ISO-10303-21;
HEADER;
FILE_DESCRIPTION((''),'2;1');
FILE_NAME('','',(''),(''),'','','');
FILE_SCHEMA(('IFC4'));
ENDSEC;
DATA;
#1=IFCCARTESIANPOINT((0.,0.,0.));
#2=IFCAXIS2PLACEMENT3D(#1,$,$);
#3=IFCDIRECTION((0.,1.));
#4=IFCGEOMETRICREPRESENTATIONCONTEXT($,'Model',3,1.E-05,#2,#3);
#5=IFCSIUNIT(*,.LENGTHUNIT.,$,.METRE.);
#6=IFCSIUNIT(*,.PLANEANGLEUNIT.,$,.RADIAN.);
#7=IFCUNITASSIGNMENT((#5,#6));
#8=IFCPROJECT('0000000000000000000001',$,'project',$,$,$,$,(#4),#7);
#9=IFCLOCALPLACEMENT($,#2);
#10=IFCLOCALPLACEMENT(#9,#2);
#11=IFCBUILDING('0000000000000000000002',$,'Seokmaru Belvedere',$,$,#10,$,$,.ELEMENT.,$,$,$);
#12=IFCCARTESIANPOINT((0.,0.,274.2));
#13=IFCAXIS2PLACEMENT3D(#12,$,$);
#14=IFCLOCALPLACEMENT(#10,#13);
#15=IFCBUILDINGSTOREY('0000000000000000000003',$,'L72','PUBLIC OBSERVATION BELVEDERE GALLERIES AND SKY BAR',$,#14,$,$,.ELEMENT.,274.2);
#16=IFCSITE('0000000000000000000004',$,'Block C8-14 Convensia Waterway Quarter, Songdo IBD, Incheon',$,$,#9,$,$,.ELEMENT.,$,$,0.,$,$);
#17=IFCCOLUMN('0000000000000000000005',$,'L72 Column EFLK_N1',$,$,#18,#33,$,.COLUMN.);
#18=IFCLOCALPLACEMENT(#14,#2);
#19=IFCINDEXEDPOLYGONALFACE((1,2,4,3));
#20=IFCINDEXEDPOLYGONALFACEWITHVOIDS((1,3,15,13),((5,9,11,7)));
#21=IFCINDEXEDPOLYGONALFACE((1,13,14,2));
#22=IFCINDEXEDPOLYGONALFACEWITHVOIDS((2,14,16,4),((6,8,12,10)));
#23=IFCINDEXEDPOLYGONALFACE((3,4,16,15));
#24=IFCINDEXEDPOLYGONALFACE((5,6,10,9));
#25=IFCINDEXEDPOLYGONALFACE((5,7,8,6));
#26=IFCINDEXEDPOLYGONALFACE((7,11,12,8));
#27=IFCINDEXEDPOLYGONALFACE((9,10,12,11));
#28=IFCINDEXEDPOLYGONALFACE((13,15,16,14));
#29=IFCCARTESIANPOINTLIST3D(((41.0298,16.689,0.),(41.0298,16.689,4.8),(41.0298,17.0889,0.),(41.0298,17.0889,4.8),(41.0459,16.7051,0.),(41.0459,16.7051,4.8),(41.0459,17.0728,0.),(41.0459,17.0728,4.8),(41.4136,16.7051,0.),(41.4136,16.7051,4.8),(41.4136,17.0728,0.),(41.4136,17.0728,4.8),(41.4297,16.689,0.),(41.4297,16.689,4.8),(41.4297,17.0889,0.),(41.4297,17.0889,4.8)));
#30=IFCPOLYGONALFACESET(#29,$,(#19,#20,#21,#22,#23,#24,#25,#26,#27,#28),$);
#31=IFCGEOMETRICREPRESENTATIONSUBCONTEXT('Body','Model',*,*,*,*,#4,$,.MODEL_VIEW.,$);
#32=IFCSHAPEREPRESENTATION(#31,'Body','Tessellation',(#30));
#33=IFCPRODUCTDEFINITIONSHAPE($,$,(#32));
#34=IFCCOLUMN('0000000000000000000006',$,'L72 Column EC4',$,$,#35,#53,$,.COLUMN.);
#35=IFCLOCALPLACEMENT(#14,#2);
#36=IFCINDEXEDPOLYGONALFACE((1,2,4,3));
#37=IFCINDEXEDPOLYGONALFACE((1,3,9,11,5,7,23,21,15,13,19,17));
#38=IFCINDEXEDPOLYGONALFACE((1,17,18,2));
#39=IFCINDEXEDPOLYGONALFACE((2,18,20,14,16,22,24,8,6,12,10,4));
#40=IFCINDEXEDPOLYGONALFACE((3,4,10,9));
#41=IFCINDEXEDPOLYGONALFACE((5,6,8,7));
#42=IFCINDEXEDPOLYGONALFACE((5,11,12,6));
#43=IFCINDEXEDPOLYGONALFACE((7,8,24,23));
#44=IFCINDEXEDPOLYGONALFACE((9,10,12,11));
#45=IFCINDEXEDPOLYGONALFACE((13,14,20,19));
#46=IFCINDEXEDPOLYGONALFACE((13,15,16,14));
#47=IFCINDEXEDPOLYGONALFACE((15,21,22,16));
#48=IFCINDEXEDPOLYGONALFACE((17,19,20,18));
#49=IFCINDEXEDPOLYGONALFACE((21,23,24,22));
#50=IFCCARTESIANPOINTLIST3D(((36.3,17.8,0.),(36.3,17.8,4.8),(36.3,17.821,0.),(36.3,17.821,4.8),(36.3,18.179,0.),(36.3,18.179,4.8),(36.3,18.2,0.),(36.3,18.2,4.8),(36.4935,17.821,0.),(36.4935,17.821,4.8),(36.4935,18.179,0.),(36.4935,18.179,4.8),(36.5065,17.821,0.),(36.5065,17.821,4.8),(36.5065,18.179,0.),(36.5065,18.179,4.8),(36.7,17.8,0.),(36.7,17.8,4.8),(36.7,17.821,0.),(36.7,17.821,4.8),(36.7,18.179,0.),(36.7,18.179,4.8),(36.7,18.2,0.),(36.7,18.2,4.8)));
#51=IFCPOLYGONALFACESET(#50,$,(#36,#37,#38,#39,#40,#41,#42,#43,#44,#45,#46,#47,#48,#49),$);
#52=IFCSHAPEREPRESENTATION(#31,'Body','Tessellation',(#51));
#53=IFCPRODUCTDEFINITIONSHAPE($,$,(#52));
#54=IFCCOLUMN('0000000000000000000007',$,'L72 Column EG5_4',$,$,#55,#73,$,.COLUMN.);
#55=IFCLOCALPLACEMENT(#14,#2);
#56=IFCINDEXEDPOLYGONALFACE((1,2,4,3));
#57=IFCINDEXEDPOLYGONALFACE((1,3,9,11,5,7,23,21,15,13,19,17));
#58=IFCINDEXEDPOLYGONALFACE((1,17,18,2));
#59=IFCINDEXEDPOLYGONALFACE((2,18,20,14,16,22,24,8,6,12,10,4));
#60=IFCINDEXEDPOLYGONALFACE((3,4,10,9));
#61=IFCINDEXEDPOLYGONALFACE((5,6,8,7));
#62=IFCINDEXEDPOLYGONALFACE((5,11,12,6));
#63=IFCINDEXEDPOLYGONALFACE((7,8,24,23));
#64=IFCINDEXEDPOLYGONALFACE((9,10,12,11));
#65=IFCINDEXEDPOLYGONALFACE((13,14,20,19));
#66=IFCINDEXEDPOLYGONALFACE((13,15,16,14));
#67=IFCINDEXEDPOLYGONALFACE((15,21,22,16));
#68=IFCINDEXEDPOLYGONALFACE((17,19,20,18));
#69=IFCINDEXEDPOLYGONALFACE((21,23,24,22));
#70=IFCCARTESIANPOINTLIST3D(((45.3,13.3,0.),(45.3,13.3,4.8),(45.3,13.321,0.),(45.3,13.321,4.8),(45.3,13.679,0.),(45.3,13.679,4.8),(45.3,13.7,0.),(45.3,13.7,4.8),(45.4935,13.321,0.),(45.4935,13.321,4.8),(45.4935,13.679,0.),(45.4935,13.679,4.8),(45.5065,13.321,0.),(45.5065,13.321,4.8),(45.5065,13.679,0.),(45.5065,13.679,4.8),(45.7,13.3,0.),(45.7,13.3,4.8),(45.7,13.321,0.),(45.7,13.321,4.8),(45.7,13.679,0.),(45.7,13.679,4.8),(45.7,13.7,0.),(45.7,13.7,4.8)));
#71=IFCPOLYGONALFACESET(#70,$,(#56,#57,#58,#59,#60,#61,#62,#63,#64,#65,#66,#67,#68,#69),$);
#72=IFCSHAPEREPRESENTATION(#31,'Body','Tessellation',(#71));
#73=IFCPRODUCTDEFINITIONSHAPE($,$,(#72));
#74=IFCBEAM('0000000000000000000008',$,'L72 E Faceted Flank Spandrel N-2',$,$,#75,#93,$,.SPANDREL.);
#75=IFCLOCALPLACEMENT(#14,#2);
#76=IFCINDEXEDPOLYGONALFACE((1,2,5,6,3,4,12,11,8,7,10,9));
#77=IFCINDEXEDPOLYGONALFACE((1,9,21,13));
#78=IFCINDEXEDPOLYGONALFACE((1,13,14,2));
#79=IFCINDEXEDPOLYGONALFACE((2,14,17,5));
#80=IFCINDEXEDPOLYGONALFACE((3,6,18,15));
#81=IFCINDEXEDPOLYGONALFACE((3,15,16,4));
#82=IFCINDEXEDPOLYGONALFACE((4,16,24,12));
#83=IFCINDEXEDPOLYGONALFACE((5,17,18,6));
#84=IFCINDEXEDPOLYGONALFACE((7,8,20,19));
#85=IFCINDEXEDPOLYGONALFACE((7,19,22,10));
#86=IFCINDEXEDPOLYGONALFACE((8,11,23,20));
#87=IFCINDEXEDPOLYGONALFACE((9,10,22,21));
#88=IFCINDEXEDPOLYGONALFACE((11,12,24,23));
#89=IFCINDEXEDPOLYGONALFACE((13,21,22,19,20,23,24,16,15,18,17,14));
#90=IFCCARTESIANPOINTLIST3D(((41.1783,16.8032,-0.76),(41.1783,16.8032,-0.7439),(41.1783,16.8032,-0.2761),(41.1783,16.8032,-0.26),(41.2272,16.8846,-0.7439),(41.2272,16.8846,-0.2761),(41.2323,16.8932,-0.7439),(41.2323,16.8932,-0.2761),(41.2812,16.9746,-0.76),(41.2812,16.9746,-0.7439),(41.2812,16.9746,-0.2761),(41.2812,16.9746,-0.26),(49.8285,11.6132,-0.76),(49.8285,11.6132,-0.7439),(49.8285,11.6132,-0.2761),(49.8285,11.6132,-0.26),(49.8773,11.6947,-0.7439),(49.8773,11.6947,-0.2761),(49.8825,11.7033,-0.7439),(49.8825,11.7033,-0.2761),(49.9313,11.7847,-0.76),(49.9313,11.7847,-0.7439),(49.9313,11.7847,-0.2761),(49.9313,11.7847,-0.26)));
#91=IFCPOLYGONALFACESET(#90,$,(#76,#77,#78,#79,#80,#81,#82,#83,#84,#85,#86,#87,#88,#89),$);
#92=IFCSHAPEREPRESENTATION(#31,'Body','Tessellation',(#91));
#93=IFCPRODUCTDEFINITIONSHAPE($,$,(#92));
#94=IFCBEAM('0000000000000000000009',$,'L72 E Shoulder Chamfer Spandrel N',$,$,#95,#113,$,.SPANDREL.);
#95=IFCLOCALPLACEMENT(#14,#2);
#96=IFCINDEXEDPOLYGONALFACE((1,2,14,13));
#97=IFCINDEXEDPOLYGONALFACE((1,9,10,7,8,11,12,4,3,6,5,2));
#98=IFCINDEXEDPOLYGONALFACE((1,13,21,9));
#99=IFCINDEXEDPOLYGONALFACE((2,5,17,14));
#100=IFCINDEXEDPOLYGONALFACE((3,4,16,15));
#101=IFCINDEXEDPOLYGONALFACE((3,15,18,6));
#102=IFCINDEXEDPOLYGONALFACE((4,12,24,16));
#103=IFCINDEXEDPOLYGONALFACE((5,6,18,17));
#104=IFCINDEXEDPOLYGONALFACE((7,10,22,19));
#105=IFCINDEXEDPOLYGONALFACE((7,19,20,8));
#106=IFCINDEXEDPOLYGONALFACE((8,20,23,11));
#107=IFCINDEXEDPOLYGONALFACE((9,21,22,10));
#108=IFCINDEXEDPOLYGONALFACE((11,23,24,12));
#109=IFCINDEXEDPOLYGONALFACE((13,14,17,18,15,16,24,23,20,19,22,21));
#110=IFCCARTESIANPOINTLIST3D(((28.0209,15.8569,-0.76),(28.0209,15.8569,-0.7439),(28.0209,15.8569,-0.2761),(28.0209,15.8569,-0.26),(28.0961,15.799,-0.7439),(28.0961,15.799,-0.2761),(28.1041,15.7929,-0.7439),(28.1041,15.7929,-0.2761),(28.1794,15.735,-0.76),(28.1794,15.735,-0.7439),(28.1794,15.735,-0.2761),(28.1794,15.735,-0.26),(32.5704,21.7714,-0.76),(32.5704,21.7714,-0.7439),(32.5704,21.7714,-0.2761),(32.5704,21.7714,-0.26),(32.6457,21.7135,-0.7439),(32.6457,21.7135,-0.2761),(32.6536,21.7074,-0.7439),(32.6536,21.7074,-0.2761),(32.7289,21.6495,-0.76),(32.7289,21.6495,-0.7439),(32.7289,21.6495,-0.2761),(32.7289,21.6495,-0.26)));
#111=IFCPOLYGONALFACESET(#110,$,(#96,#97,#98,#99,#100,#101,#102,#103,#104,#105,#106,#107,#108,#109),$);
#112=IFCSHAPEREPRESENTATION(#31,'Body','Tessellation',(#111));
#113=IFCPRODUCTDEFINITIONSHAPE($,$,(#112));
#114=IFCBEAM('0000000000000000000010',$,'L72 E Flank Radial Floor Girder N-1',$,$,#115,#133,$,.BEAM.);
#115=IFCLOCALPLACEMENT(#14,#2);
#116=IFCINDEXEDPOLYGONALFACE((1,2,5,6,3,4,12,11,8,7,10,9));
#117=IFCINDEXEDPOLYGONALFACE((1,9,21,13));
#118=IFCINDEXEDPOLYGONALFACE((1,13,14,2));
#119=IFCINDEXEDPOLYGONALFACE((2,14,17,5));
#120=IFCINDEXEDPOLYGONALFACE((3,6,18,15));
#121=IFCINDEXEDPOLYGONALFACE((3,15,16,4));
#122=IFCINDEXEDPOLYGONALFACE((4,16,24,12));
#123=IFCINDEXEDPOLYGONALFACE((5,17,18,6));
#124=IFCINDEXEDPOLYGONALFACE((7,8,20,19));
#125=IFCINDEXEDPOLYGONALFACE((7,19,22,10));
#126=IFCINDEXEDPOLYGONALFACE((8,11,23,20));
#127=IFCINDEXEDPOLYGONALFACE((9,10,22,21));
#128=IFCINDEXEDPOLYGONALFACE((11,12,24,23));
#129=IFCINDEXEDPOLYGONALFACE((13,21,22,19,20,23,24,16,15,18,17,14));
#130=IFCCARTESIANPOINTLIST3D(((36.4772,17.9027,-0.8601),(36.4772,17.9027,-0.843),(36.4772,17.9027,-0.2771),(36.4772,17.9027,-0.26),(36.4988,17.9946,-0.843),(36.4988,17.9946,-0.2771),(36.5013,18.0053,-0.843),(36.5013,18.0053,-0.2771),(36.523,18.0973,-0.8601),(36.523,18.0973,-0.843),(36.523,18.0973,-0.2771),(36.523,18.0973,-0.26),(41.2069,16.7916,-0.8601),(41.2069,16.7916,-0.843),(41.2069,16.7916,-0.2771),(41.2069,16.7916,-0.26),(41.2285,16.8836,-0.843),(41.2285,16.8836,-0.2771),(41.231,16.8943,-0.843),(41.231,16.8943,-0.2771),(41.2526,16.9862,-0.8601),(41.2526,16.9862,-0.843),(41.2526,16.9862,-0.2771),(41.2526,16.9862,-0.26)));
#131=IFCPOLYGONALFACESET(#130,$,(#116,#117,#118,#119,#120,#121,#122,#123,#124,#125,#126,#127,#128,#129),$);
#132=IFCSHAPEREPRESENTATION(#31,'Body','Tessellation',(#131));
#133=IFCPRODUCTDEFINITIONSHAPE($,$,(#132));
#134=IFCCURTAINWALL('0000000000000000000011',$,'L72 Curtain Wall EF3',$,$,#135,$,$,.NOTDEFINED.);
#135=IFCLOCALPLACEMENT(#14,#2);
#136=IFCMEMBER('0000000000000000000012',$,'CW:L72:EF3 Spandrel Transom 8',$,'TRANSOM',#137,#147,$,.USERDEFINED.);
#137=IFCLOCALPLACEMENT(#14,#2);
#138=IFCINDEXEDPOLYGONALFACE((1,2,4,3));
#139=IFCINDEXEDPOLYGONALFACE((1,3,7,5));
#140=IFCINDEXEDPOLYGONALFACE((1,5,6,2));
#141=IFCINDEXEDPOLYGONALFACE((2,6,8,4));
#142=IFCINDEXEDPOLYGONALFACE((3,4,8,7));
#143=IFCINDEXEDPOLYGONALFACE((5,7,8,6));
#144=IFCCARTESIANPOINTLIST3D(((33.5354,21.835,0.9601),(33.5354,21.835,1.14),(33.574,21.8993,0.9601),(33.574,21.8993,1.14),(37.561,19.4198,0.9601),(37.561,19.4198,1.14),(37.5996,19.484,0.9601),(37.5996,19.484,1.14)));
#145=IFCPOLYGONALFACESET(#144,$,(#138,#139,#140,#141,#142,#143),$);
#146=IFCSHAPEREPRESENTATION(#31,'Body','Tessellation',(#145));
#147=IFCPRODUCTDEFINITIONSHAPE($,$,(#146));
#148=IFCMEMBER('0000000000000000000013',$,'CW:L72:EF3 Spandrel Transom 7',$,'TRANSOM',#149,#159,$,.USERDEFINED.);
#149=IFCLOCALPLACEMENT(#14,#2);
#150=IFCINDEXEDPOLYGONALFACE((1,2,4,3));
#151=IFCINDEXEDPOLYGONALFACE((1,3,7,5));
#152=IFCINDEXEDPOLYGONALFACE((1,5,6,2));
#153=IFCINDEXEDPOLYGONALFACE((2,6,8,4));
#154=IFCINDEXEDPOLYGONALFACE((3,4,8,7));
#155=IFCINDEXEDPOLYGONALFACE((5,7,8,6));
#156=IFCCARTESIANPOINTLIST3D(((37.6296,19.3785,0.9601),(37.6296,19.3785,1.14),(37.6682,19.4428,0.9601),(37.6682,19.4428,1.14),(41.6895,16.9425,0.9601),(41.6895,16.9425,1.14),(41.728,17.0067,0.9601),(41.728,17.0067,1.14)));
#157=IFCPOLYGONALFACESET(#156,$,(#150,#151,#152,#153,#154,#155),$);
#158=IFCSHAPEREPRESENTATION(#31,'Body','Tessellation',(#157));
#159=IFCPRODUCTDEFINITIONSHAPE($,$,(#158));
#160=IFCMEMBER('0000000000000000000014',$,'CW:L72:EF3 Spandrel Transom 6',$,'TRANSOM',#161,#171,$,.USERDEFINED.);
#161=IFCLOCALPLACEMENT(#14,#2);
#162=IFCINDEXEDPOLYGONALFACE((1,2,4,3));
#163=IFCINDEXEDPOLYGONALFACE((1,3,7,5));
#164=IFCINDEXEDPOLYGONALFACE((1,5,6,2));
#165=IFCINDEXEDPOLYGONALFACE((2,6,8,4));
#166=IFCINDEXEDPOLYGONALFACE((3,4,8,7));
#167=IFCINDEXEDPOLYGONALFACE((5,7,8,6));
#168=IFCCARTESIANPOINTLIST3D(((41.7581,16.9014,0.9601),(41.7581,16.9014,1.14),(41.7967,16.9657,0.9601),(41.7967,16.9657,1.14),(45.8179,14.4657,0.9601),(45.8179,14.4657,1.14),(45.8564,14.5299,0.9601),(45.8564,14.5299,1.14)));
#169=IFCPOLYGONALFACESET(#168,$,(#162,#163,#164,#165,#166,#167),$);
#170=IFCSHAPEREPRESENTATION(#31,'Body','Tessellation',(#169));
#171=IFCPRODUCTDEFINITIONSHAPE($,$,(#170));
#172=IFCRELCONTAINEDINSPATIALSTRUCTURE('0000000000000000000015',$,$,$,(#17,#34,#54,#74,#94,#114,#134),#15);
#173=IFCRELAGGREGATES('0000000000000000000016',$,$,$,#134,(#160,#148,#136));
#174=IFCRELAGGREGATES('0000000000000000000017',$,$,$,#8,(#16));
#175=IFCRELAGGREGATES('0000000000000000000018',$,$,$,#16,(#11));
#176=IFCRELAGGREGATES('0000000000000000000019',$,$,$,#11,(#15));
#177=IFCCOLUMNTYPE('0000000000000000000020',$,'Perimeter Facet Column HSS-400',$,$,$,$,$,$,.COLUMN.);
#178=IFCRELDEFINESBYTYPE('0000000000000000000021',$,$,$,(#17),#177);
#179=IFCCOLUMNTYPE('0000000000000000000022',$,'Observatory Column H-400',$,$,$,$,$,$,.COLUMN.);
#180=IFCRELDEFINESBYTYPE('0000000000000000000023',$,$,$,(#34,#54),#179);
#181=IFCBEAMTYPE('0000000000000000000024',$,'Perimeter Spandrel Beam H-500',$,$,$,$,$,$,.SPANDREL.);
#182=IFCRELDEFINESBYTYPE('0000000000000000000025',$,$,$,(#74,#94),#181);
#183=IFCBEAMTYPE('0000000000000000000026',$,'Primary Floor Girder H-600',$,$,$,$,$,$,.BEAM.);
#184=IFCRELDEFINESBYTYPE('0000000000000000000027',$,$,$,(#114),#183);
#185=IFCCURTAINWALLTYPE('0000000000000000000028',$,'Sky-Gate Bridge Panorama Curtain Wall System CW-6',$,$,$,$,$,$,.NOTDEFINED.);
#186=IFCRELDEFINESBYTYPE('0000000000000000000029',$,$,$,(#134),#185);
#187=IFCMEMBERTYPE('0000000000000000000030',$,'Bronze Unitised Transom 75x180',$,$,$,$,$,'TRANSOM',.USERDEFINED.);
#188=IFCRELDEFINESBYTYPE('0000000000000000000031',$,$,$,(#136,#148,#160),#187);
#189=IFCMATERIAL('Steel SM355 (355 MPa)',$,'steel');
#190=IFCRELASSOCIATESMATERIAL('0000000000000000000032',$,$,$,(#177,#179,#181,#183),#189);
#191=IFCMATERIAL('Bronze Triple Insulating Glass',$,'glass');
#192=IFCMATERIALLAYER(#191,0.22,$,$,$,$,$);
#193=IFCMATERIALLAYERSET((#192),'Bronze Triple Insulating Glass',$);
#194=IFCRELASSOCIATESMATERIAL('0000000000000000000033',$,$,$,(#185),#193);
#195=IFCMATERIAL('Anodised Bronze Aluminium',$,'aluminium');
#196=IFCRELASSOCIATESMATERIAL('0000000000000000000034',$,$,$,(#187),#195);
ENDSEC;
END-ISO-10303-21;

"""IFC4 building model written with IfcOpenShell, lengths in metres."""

from ifc_helpers import new_model, si_unit, direction, frame, origin, origin_2d, place, context, subcontext, project, spatial, rectangle, hollow_rectangle, i_section, extrude, source, transform, mapped, material, layer, layer_set, material_profile, profile_set, type_object, type_shapes, element, aggregate, save


model = new_model("IFC4")

# Units and contexts
model_context = context("Model", 3, precision=1e-05, world=origin(), true_north=direction((0.0, 1.0)))
body_context = subcontext(model_context, "Body", "Model", "MODEL_VIEW")
ifc_project = project(units=[si_unit("LENGTHUNIT", "METRE"), si_unit("PLANEANGLEUNIT", "RADIAN")], contexts=[model_context])

# Site, building, storey
site_placement = place(None, origin())
site = spatial("IfcSite", under=ifc_project, at=site_placement, Name="Block C8-14 Convensia Waterway Quarter, Songdo IBD, Incheon", CompositionType="ELEMENT", RefElevation=0.0)
building_placement = place(site_placement, origin())
building = spatial("IfcBuilding", under=site, at=building_placement, Name="Seokmaru Belvedere", CompositionType="ELEMENT")
storey_placement = place(building_placement, frame((0.0, 0.0, 274.2)))
storey = spatial("IfcBuildingStorey", under=building, at=storey_placement, Name="L72", Description="PUBLIC OBSERVATION BELVEDERE GALLERIES AND SKY BAR", CompositionType="ELEMENT", Elevation=274.2)

# Columns
ifc_material_1 = material(Name="Steel SM355 (355 MPa)", Category="steel")
ifc_material_profile_1 = material_profile(ifc_material_1, hollow_rectangle(XDim=0.3999, YDim=0.3999, WallThickness=0.0161, at=origin_2d()), Name="HSS-400x400x16")
ifc_profile_set_1 = profile_set([ifc_material_profile_1], Name="Steel SM355 (355 MPa)")
column_type_1 = type_object("IfcColumnType", Name="Perimeter Facet Column HSS-400", PredefinedType="COLUMN", material=ifc_profile_set_1)
shared_shape_1 = source(origin(), body_context, "Body", "SweptSolid", [
    extrude(hollow_rectangle(XDim=0.3999, YDim=0.3999, WallThickness=0.0161, at=origin_2d()), origin(), (0.0, 0.0, 1.0), 4.8),
])
type_shapes(column_type_1, [shared_shape_1])
column_placement = place(storey_placement, frame((41.2297, 16.8889, 0.0), z_axis=(0.0, 0.0, 1.0), x_axis=(1.0, 0.0, 0.0)))
element("IfcColumn", 1, at=column_placement, inside=storey, type_object=column_type_1, Name="L72 Column EFLK_N1", PredefinedType="COLUMN", context=body_context, shape_type="MappedRepresentation", body=[
    mapped(shared_shape_1, transform((0.0, 0.0, 0.0), scale=1.0)),
])
ifc_material_profile_2 = material_profile(ifc_material_1, i_section(OverallWidth=0.3999, OverallDepth=0.3999, WebThickness=0.0129, FlangeThickness=0.021, at=origin_2d()), Name="H-400x400x13x21")
ifc_profile_set_2 = profile_set([ifc_material_profile_2], Name="Steel SM355 (355 MPa)")
column_type_2 = type_object("IfcColumnType", Name="Observatory Column H-400", PredefinedType="COLUMN", material=ifc_profile_set_2)
shared_shape_2 = source(origin(), body_context, "Body", "SweptSolid", [
    extrude(i_section(OverallWidth=0.3999, OverallDepth=0.3999, WebThickness=0.0129, FlangeThickness=0.021, at=origin_2d()), origin(), (0.0, 0.0, 1.0), 4.8),
])
type_shapes(column_type_2, [shared_shape_2])
for number, where, z_axis, x_axis, name in (
    (2, (36.5, 18.0, 0.0), (0.0, 0.0, 1.0), (1.0, 0.0, 0.0), "L72 Column EC4"),
    (3, (45.5, 13.5, 0.0), (0.0, 0.0, 1.0), (1.0, 0.0, 0.0), "L72 Column EG5_4"),
):
    element("IfcColumn", number, at=place(storey_placement, frame(where, z_axis=z_axis, x_axis=x_axis)), inside=storey, type_object=column_type_2, Name=name, PredefinedType="COLUMN", context=body_context, shape_type="MappedRepresentation", body=[
        mapped(shared_shape_2, transform((0.0, 0.0, 0.0), scale=1.0)),
    ])

# Beams
ifc_material_profile_3 = material_profile(ifc_material_1, i_section(OverallWidth=0.2, OverallDepth=0.5, WebThickness=0.01, FlangeThickness=0.0161, at=origin_2d()), Name="H-500x200x10x16")
ifc_profile_set_3 = profile_set([ifc_material_profile_3], Name="Steel SM355 (355 MPa)")
beam_type_1 = type_object("IfcBeamType", Name="Perimeter Spandrel Beam H-500", PredefinedType="SPANDREL", material=ifc_profile_set_3)
shared_shape_3 = source(origin(), body_context, "Body", "SweptSolid", [
    extrude(i_section(OverallWidth=0.2, OverallDepth=0.5, WebThickness=0.01, FlangeThickness=0.0161, at=origin_2d()), origin(), (0.0, 0.0, 1.0), 10.0876),
])
beam_1_placement = place(storey_placement, frame((41.2297, 16.8889, -0.51), z_axis=(0.857499, -0.514485, 0.0), x_axis=(0.514485, 0.857499, 0.0)))
element("IfcBeam", 4, at=beam_1_placement, inside=storey, type_object=beam_type_1, Name="L72 E Faceted Flank Spandrel N-2", PredefinedType="SPANDREL", context=body_context, shape_type="MappedRepresentation", body=[
    mapped(shared_shape_3, transform((0.0, 0.0, 0.0), scale=1.0)),
])
shared_shape_4 = source(origin(), body_context, "Body", "SweptSolid", [
    extrude(i_section(OverallWidth=0.2, OverallDepth=0.5, WebThickness=0.01, FlangeThickness=0.0161, at=origin_2d()), origin(), (0.0, 0.0, 1.0), 7.4619),
])
type_shapes(beam_type_1, [shared_shape_3, shared_shape_4])
beam_2_placement = place(storey_placement, frame((32.6497, 21.7104, -0.51), z_axis=(-0.609703, -0.79263, 0.0), x_axis=(0.79263, -0.609703, 0.0)))
element("IfcBeam", 5, at=beam_2_placement, inside=storey, type_object=beam_type_1, Name="L72 E Shoulder Chamfer Spandrel N", PredefinedType="SPANDREL", context=body_context, shape_type="MappedRepresentation", body=[
    mapped(shared_shape_4, transform((0.0, 0.0, 0.0), scale=1.0)),
])
ifc_material_profile_4 = material_profile(ifc_material_1, i_section(OverallWidth=0.2, OverallDepth=0.6001, WebThickness=0.011, FlangeThickness=0.0171, at=origin_2d()), Name="H-600x200x11x17")
ifc_profile_set_4 = profile_set([ifc_material_profile_4], Name="Steel SM355 (355 MPa)")
beam_type_2 = type_object("IfcBeamType", Name="Primary Floor Girder H-600", PredefinedType="BEAM", material=ifc_profile_set_4)
shared_shape_5 = source(origin(), body_context, "Body", "SweptSolid", [
    extrude(i_section(OverallWidth=0.2, OverallDepth=0.6001, WebThickness=0.011, FlangeThickness=0.0171, at=origin_2d()), origin(), (0.0, 0.0, 1.0), 4.8584),
])
type_shapes(beam_type_2, [shared_shape_5])
beam_3_placement = place(storey_placement, frame((41.2297, 16.8889, -0.5601), z_axis=(-0.973499, 0.228689, 0.0), x_axis=(-0.228689, -0.973499, 0.0)))
element("IfcBeam", 6, at=beam_3_placement, inside=storey, type_object=beam_type_2, Name="L72 E Flank Radial Floor Girder N-1", PredefinedType="BEAM", context=body_context, shape_type="MappedRepresentation", body=[
    mapped(shared_shape_5, transform((0.0, 0.0, 0.0), scale=1.0)),
])

# Curtain wall, members
ifc_material_2 = material(Name="Bronze Triple Insulating Glass", Category="glass")
ifc_layer_1 = layer(ifc_material_2, 0.22)
ifc_layer_set_1 = layer_set([ifc_layer_1], Name="Bronze Triple Insulating Glass")
curtain_wall_type = type_object("IfcCurtainWallType", Name="Sky-Gate Bridge Panorama Curtain Wall System CW-6", PredefinedType="NOTDEFINED", material=ifc_layer_set_1)
curtain_wall_placement = place(storey_placement, origin())
curtain_wall = element("IfcCurtainWall", 7, at=curtain_wall_placement, inside=storey, type_object=curtain_wall_type, Name="L72 Curtain Wall EF3", PredefinedType="NOTDEFINED")
ifc_material_3 = material(Name="Anodised Bronze Aluminium", Category="aluminium")
ifc_material_profile_5 = material_profile(ifc_material_3, rectangle(XDim=0.075, YDim=0.1799, at=origin_2d()), Name="CW-T-75x180")
ifc_profile_set_5 = profile_set([ifc_material_profile_5], Name="Anodised Bronze Aluminium")
member_type_1 = type_object("IfcMemberType", Name="Bronze Unitised Transom 75x180", ElementType="TRANSOM", PredefinedType="USERDEFINED", material=ifc_profile_set_5)
shared_shape_6 = source(origin(), body_context, "Body", "SweptSolid", [
    extrude(rectangle(XDim=0.075, YDim=0.1799, at=origin_2d()), origin(), (0.0, 0.0, 1.0), 4.6946),
])
member_1_placement = place(storey_placement, frame((37.5803, 19.4519, 1.05), z_axis=(-0.857502, 0.51448, 0.0), x_axis=(-0.51448, -0.857502, 0.0)))
member_1 = element("IfcMember", 8, at=member_1_placement, type_object=member_type_1, Name="CW:L72:EF3 Spandrel Transom 8", ObjectType="TRANSOM", PredefinedType="USERDEFINED", context=body_context, shape_type="MappedRepresentation", body=[
    mapped(shared_shape_6, transform((0.0, 0.0, 0.0), scale=1.0)),
])
shared_shape_7 = source(origin(), body_context, "Body", "SweptSolid", [
    extrude(rectangle(XDim=0.075, YDim=0.1799, at=origin_2d()), origin(), (0.0, 0.0, 1.0), 4.7346),
])
member_2_placement = place(storey_placement, frame((41.7087, 16.9746, 1.05), z_axis=(-0.857479, 0.514519, 0.0), x_axis=(-0.514519, -0.857479, 0.0)))
member_2 = element("IfcMember", 9, at=member_2_placement, type_object=member_type_1, Name="CW:L72:EF3 Spandrel Transom 7", ObjectType="TRANSOM", PredefinedType="USERDEFINED", context=body_context, shape_type="MappedRepresentation", body=[
    mapped(shared_shape_7, transform((0.0, 0.0, 0.0), scale=1.0)),
])
shared_shape_8 = source(origin(), body_context, "Body", "SweptSolid", [
    extrude(rectangle(XDim=0.075, YDim=0.1799, at=origin_2d()), origin(), (0.0, 0.0, 1.0), 4.7344),
])
type_shapes(member_type_1, [shared_shape_6, shared_shape_7, shared_shape_8])
member_3_placement = place(storey_placement, frame((45.8372, 14.4978, 1.05), z_axis=(-0.857502, 0.514481, 0.0), x_axis=(-0.514481, -0.857502, 0.0)))
member_3 = element("IfcMember", 10, at=member_3_placement, type_object=member_type_1, Name="CW:L72:EF3 Spandrel Transom 6", ObjectType="TRANSOM", PredefinedType="USERDEFINED", context=body_context, shape_type="MappedRepresentation", body=[
    mapped(shared_shape_8, transform((0.0, 0.0, 0.0), scale=1.0)),
])
aggregate(curtain_wall, [member_3, member_2, member_1])

save(model, "model.ifc")
